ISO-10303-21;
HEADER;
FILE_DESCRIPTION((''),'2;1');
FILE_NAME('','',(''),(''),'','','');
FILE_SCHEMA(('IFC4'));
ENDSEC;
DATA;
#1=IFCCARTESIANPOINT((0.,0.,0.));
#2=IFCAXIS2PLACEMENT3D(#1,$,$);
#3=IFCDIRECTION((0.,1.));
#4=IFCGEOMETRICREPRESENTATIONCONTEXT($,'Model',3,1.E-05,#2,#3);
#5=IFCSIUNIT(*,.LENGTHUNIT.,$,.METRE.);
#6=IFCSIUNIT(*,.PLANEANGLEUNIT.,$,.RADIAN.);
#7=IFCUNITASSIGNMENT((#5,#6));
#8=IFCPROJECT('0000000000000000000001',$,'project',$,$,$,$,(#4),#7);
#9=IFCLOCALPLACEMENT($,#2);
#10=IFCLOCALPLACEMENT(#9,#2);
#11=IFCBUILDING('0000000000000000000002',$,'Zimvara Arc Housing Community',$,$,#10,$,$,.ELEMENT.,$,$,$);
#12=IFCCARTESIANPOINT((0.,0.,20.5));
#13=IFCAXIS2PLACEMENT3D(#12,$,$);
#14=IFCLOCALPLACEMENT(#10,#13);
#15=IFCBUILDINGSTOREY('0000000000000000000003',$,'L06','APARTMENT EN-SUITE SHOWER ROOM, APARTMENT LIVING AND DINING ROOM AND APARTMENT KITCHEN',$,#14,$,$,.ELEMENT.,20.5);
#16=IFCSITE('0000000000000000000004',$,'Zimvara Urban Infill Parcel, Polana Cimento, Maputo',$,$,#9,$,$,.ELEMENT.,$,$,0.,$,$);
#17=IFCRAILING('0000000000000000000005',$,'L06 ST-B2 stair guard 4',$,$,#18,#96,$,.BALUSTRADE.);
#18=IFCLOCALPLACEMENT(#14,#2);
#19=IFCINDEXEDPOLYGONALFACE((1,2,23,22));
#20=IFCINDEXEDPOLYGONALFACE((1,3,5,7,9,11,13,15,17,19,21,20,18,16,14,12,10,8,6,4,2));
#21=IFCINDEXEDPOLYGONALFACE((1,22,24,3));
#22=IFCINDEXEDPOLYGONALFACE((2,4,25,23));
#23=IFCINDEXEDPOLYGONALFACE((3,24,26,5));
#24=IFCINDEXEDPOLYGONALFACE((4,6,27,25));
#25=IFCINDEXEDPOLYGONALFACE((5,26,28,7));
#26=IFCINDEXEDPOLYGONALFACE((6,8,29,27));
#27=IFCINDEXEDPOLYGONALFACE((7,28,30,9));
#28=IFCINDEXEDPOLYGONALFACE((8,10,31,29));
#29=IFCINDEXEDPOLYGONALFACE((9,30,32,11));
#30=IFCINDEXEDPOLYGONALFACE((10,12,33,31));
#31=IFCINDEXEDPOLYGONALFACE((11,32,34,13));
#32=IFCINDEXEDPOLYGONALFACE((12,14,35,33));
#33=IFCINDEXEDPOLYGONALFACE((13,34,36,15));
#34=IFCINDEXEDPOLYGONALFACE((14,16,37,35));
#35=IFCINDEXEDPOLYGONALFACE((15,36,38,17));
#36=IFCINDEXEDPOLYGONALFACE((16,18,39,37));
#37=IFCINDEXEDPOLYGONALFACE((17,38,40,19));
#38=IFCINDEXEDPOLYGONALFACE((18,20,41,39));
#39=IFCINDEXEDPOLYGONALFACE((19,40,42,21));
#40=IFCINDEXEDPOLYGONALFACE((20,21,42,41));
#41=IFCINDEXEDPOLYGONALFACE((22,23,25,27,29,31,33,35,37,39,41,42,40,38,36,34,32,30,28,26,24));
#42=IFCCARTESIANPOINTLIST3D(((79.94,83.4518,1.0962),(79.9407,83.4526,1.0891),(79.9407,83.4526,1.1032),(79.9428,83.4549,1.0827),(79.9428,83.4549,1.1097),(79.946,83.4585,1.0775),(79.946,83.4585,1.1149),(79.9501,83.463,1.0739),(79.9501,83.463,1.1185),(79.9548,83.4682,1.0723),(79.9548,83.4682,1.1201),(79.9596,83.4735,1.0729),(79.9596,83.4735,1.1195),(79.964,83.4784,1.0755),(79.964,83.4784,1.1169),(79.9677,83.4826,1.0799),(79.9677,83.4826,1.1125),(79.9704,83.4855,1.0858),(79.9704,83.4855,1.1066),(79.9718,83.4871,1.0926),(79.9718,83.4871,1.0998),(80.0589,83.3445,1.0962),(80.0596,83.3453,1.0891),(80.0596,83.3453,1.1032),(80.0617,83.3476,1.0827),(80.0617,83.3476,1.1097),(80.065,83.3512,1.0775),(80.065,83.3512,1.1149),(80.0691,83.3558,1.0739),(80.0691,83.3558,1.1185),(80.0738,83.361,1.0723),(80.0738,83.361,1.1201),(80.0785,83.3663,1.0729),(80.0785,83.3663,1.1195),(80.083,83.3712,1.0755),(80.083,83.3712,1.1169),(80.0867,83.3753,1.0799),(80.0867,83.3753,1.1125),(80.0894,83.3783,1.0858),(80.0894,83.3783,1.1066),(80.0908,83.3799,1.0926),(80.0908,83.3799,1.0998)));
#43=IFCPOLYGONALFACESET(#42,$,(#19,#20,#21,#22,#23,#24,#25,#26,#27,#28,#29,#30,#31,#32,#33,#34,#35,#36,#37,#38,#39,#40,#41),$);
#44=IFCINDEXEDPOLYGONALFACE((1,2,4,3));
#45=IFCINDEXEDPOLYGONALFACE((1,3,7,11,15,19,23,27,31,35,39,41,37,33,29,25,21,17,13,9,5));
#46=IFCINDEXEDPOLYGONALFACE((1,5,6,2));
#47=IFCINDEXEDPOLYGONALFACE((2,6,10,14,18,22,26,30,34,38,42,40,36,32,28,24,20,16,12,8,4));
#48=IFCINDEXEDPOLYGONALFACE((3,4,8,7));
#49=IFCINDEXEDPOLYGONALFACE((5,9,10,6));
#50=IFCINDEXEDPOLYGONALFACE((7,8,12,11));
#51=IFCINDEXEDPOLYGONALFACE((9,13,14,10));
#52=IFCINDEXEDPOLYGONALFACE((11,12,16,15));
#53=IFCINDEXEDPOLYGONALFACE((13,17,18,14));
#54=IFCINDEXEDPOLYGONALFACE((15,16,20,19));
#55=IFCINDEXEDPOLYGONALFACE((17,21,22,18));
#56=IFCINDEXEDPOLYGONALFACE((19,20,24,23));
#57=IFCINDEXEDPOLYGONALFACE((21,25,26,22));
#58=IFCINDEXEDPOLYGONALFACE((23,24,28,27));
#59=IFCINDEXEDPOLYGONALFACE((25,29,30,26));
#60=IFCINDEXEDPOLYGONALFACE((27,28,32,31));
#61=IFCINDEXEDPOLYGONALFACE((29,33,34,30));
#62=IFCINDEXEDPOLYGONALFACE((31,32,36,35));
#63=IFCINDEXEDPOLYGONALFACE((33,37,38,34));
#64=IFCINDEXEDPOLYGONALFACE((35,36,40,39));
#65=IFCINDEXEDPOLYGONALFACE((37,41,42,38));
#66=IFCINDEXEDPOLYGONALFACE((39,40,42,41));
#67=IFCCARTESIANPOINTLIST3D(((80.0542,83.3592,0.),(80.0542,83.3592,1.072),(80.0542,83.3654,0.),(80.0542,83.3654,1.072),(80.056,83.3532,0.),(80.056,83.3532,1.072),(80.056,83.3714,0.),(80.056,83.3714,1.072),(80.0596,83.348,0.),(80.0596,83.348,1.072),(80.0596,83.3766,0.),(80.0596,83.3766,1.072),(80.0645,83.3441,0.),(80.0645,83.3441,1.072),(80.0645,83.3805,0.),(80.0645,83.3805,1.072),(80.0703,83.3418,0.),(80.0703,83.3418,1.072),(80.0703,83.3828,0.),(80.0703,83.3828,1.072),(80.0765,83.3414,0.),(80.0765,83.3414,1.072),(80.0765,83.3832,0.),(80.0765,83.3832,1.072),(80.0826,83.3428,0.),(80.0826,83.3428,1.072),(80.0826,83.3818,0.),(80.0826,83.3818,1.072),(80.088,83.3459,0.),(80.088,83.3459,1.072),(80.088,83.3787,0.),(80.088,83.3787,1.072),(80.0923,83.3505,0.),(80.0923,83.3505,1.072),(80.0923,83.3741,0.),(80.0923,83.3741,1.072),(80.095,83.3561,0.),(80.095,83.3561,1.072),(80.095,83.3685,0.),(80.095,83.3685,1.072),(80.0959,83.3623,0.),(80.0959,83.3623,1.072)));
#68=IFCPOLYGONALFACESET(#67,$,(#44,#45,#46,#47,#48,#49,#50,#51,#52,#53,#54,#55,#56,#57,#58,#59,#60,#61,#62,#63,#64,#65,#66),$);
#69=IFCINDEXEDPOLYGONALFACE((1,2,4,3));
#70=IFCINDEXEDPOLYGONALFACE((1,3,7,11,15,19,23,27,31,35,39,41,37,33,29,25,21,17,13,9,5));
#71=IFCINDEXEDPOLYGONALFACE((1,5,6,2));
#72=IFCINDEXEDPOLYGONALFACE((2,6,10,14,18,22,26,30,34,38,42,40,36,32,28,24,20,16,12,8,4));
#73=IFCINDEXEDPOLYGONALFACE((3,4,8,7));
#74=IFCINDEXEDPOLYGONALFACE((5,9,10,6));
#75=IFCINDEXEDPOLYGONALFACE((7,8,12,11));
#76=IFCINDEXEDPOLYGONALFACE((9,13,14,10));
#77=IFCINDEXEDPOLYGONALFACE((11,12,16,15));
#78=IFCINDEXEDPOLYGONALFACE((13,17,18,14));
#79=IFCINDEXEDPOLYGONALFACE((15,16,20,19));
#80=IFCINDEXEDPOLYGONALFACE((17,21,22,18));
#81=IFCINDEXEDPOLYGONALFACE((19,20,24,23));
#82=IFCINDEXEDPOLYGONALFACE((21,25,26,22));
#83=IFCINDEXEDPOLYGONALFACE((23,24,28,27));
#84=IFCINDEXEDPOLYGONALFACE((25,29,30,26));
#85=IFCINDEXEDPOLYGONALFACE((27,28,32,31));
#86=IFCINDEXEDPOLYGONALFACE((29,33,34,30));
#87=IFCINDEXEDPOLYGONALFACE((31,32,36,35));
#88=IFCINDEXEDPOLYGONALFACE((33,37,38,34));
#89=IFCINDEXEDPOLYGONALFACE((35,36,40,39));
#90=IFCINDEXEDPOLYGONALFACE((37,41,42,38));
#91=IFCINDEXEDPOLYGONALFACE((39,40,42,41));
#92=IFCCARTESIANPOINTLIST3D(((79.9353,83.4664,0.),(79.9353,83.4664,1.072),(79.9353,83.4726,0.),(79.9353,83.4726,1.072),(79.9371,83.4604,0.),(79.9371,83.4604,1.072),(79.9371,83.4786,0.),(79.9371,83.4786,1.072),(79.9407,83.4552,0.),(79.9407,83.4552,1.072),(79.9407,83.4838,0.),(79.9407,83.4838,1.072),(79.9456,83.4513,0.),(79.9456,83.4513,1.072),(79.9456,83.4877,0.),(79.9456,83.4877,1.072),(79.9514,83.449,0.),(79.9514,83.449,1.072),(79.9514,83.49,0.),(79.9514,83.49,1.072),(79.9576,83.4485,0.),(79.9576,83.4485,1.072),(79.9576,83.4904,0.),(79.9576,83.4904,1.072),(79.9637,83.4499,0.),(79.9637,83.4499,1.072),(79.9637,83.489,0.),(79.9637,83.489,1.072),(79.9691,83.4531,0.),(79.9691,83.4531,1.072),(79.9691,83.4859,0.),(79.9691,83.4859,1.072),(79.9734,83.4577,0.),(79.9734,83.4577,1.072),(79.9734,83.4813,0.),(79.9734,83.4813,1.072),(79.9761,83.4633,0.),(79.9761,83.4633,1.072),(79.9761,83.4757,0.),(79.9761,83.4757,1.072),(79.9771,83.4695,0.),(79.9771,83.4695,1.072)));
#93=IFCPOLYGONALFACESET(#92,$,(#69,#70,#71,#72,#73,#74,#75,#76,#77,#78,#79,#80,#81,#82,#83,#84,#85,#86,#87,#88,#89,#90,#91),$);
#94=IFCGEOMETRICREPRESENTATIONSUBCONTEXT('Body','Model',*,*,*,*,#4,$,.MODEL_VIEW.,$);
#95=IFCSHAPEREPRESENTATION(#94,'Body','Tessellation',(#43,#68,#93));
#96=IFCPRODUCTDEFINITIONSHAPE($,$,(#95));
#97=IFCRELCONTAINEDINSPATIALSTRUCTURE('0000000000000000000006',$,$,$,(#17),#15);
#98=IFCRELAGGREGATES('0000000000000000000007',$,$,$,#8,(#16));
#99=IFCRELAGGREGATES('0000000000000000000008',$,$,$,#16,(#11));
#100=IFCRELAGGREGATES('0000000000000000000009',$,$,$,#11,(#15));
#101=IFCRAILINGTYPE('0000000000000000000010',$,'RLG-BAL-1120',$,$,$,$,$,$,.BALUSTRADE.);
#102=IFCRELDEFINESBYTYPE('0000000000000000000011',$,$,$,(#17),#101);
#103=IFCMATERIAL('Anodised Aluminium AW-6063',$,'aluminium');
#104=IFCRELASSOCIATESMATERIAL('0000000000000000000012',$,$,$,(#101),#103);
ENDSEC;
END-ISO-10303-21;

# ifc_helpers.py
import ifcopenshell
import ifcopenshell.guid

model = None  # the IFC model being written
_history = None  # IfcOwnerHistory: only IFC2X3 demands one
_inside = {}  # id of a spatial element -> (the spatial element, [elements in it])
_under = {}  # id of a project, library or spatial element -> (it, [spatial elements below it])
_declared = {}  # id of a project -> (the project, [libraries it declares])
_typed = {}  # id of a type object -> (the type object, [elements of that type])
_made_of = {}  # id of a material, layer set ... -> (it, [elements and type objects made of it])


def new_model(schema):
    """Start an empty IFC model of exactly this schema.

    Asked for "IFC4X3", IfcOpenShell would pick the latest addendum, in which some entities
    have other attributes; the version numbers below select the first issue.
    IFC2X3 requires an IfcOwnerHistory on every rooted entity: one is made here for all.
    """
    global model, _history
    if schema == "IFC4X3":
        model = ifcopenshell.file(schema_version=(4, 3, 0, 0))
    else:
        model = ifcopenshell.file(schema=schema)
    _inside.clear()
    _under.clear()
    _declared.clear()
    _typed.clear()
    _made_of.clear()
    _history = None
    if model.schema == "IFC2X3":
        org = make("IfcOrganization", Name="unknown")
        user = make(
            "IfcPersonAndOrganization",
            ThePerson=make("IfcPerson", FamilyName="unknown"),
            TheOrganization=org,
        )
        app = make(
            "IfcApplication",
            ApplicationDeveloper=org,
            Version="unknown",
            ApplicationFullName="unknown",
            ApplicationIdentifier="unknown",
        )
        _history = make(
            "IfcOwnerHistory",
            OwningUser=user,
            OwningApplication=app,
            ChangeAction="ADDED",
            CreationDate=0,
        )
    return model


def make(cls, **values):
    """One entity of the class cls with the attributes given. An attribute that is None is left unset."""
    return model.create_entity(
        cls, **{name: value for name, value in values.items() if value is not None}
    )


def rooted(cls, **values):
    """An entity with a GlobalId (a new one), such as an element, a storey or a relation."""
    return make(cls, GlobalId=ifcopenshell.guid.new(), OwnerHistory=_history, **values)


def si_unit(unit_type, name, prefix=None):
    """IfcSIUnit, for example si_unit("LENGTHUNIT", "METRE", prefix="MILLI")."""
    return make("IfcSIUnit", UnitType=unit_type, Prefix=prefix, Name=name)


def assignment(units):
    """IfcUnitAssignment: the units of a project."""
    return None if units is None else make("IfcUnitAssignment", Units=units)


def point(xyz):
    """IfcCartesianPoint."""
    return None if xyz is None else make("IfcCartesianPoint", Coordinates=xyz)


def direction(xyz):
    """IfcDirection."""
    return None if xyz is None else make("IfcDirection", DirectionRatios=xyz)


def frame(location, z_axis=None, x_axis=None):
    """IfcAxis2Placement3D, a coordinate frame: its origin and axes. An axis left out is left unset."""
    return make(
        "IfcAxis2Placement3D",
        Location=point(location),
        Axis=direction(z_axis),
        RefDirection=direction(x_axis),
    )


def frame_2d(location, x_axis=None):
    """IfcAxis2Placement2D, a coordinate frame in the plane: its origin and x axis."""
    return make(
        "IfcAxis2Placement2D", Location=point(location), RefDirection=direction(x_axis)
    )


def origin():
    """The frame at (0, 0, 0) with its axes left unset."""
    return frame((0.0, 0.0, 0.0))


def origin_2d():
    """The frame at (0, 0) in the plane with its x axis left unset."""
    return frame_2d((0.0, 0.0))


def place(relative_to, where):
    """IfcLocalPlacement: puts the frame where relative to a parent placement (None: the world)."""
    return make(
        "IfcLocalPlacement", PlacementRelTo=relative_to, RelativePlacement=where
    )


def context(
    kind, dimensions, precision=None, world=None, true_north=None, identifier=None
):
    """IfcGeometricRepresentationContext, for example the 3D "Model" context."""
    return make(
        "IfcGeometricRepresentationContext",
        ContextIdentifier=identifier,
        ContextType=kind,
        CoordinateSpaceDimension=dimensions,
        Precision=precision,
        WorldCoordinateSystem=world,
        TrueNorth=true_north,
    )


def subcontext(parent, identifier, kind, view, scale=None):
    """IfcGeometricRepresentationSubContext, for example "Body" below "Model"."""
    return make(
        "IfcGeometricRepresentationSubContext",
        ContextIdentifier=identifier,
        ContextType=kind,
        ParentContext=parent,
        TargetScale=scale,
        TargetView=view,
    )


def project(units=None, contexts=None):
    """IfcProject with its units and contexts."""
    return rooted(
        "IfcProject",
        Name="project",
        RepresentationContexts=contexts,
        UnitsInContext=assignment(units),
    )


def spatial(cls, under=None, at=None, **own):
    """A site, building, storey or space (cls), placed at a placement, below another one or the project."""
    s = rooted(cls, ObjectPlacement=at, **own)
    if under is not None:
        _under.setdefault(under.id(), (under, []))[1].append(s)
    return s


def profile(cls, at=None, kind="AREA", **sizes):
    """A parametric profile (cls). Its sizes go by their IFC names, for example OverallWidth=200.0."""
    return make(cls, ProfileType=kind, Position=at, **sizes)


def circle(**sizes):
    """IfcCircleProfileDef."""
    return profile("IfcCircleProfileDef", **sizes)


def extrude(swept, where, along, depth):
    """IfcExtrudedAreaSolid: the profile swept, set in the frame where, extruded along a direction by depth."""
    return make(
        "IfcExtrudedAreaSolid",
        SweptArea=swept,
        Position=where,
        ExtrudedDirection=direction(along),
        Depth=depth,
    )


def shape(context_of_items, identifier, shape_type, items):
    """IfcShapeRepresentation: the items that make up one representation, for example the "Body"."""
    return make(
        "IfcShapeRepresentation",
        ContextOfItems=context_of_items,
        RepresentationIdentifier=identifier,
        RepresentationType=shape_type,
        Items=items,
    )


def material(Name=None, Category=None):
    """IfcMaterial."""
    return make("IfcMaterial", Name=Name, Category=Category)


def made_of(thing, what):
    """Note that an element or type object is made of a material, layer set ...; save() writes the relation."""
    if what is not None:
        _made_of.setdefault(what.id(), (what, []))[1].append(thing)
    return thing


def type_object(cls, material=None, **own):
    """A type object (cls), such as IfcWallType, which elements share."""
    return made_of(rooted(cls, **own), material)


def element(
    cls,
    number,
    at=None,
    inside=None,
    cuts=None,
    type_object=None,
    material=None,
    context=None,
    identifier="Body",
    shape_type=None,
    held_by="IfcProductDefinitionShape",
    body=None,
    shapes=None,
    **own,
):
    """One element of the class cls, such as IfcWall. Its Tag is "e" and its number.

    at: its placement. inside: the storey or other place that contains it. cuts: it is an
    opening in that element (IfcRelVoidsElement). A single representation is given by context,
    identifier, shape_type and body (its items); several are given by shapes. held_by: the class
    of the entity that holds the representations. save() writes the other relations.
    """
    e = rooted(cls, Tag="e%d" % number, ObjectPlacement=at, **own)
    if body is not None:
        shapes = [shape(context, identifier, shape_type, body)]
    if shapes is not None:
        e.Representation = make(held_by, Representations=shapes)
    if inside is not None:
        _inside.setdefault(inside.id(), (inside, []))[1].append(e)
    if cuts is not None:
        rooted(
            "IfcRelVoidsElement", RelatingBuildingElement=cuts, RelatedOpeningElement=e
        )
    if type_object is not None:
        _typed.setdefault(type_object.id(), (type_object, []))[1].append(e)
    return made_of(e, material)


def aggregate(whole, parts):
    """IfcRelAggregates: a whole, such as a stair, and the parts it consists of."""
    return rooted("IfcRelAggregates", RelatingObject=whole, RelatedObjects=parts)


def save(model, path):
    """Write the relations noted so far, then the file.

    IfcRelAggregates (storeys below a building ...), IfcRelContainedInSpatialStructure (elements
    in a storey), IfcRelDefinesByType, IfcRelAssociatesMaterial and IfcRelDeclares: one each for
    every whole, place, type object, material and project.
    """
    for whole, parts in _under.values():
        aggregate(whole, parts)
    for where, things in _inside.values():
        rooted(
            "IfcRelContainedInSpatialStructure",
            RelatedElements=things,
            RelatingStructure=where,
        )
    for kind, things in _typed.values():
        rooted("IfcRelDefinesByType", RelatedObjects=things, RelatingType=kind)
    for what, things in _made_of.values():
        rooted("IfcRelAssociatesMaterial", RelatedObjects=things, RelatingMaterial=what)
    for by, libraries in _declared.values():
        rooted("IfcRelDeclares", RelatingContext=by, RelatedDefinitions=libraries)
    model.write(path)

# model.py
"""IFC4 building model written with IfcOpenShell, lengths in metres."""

from ifc_helpers import new_model, si_unit, direction, frame, origin, origin_2d, place, context, subcontext, project, spatial, circle, extrude, material, type_object, element, save


model = new_model("IFC4")

# Units and contexts
model_context = context("Model", 3, precision=1e-05, world=origin(), true_north=direction((0.0, 1.0)))
body_context = subcontext(model_context, "Body", "Model", "MODEL_VIEW")
ifc_project = project(units=[si_unit("LENGTHUNIT", "METRE"), si_unit("PLANEANGLEUNIT", "RADIAN")], contexts=[model_context])

# Site, building, storey
site_placement = place(None, origin())
site = spatial("IfcSite", under=ifc_project, at=site_placement, Name="Zimvara Urban Infill Parcel, Polana Cimento, Maputo", CompositionType="ELEMENT", RefElevation=0.0)
building_placement = place(site_placement, origin())
building = spatial("IfcBuilding", under=site, at=building_placement, Name="Zimvara Arc Housing Community", CompositionType="ELEMENT")
storey_placement = place(building_placement, frame((0.0, 0.0, 20.5)))
storey = spatial("IfcBuildingStorey", under=building, at=storey_placement, Name="L06", Description="APARTMENT EN-SUITE SHOWER ROOM, APARTMENT LIVING AND DINING ROOM AND APARTMENT KITCHEN", CompositionType="ELEMENT", Elevation=20.5)

# Railing
ifc_material_1 = material(Name="Anodised Aluminium AW-6063", Category="aluminium")
railing_type_1 = type_object("IfcRailingType", Name="RLG-BAL-1120", PredefinedType="BALUSTRADE", material=ifc_material_1)
railing_1_placement = place(storey_placement, frame((80.075, 83.3623, 0.0)))
element("IfcRailing", 1, at=railing_1_placement, inside=storey, type_object=railing_type_1, Name="L06 ST-B2 stair guard 4", PredefinedType="BALUSTRADE", context=body_context, shape_type="SweptSolid", body=[
    extrude(circle(Radius=0.0239, at=origin_2d()), frame((0.0, 0.0, 1.0962), z_axis=(-0.742763, 0.669554, 0.0), x_axis=(-0.669554, -0.742763, 0.0)), (0.0, 0.0, 1.0), 0.1602),
    extrude(circle(Radius=0.021, at=origin_2d()), origin(), (0.0, 0.0, 1.0), 1.072),
    extrude(circle(Radius=0.021, at=origin_2d()), frame((-0.1189, 0.1072, 0.0)), (0.0, 0.0, 1.0), 1.072),
])

save(model, "model.ifc")
